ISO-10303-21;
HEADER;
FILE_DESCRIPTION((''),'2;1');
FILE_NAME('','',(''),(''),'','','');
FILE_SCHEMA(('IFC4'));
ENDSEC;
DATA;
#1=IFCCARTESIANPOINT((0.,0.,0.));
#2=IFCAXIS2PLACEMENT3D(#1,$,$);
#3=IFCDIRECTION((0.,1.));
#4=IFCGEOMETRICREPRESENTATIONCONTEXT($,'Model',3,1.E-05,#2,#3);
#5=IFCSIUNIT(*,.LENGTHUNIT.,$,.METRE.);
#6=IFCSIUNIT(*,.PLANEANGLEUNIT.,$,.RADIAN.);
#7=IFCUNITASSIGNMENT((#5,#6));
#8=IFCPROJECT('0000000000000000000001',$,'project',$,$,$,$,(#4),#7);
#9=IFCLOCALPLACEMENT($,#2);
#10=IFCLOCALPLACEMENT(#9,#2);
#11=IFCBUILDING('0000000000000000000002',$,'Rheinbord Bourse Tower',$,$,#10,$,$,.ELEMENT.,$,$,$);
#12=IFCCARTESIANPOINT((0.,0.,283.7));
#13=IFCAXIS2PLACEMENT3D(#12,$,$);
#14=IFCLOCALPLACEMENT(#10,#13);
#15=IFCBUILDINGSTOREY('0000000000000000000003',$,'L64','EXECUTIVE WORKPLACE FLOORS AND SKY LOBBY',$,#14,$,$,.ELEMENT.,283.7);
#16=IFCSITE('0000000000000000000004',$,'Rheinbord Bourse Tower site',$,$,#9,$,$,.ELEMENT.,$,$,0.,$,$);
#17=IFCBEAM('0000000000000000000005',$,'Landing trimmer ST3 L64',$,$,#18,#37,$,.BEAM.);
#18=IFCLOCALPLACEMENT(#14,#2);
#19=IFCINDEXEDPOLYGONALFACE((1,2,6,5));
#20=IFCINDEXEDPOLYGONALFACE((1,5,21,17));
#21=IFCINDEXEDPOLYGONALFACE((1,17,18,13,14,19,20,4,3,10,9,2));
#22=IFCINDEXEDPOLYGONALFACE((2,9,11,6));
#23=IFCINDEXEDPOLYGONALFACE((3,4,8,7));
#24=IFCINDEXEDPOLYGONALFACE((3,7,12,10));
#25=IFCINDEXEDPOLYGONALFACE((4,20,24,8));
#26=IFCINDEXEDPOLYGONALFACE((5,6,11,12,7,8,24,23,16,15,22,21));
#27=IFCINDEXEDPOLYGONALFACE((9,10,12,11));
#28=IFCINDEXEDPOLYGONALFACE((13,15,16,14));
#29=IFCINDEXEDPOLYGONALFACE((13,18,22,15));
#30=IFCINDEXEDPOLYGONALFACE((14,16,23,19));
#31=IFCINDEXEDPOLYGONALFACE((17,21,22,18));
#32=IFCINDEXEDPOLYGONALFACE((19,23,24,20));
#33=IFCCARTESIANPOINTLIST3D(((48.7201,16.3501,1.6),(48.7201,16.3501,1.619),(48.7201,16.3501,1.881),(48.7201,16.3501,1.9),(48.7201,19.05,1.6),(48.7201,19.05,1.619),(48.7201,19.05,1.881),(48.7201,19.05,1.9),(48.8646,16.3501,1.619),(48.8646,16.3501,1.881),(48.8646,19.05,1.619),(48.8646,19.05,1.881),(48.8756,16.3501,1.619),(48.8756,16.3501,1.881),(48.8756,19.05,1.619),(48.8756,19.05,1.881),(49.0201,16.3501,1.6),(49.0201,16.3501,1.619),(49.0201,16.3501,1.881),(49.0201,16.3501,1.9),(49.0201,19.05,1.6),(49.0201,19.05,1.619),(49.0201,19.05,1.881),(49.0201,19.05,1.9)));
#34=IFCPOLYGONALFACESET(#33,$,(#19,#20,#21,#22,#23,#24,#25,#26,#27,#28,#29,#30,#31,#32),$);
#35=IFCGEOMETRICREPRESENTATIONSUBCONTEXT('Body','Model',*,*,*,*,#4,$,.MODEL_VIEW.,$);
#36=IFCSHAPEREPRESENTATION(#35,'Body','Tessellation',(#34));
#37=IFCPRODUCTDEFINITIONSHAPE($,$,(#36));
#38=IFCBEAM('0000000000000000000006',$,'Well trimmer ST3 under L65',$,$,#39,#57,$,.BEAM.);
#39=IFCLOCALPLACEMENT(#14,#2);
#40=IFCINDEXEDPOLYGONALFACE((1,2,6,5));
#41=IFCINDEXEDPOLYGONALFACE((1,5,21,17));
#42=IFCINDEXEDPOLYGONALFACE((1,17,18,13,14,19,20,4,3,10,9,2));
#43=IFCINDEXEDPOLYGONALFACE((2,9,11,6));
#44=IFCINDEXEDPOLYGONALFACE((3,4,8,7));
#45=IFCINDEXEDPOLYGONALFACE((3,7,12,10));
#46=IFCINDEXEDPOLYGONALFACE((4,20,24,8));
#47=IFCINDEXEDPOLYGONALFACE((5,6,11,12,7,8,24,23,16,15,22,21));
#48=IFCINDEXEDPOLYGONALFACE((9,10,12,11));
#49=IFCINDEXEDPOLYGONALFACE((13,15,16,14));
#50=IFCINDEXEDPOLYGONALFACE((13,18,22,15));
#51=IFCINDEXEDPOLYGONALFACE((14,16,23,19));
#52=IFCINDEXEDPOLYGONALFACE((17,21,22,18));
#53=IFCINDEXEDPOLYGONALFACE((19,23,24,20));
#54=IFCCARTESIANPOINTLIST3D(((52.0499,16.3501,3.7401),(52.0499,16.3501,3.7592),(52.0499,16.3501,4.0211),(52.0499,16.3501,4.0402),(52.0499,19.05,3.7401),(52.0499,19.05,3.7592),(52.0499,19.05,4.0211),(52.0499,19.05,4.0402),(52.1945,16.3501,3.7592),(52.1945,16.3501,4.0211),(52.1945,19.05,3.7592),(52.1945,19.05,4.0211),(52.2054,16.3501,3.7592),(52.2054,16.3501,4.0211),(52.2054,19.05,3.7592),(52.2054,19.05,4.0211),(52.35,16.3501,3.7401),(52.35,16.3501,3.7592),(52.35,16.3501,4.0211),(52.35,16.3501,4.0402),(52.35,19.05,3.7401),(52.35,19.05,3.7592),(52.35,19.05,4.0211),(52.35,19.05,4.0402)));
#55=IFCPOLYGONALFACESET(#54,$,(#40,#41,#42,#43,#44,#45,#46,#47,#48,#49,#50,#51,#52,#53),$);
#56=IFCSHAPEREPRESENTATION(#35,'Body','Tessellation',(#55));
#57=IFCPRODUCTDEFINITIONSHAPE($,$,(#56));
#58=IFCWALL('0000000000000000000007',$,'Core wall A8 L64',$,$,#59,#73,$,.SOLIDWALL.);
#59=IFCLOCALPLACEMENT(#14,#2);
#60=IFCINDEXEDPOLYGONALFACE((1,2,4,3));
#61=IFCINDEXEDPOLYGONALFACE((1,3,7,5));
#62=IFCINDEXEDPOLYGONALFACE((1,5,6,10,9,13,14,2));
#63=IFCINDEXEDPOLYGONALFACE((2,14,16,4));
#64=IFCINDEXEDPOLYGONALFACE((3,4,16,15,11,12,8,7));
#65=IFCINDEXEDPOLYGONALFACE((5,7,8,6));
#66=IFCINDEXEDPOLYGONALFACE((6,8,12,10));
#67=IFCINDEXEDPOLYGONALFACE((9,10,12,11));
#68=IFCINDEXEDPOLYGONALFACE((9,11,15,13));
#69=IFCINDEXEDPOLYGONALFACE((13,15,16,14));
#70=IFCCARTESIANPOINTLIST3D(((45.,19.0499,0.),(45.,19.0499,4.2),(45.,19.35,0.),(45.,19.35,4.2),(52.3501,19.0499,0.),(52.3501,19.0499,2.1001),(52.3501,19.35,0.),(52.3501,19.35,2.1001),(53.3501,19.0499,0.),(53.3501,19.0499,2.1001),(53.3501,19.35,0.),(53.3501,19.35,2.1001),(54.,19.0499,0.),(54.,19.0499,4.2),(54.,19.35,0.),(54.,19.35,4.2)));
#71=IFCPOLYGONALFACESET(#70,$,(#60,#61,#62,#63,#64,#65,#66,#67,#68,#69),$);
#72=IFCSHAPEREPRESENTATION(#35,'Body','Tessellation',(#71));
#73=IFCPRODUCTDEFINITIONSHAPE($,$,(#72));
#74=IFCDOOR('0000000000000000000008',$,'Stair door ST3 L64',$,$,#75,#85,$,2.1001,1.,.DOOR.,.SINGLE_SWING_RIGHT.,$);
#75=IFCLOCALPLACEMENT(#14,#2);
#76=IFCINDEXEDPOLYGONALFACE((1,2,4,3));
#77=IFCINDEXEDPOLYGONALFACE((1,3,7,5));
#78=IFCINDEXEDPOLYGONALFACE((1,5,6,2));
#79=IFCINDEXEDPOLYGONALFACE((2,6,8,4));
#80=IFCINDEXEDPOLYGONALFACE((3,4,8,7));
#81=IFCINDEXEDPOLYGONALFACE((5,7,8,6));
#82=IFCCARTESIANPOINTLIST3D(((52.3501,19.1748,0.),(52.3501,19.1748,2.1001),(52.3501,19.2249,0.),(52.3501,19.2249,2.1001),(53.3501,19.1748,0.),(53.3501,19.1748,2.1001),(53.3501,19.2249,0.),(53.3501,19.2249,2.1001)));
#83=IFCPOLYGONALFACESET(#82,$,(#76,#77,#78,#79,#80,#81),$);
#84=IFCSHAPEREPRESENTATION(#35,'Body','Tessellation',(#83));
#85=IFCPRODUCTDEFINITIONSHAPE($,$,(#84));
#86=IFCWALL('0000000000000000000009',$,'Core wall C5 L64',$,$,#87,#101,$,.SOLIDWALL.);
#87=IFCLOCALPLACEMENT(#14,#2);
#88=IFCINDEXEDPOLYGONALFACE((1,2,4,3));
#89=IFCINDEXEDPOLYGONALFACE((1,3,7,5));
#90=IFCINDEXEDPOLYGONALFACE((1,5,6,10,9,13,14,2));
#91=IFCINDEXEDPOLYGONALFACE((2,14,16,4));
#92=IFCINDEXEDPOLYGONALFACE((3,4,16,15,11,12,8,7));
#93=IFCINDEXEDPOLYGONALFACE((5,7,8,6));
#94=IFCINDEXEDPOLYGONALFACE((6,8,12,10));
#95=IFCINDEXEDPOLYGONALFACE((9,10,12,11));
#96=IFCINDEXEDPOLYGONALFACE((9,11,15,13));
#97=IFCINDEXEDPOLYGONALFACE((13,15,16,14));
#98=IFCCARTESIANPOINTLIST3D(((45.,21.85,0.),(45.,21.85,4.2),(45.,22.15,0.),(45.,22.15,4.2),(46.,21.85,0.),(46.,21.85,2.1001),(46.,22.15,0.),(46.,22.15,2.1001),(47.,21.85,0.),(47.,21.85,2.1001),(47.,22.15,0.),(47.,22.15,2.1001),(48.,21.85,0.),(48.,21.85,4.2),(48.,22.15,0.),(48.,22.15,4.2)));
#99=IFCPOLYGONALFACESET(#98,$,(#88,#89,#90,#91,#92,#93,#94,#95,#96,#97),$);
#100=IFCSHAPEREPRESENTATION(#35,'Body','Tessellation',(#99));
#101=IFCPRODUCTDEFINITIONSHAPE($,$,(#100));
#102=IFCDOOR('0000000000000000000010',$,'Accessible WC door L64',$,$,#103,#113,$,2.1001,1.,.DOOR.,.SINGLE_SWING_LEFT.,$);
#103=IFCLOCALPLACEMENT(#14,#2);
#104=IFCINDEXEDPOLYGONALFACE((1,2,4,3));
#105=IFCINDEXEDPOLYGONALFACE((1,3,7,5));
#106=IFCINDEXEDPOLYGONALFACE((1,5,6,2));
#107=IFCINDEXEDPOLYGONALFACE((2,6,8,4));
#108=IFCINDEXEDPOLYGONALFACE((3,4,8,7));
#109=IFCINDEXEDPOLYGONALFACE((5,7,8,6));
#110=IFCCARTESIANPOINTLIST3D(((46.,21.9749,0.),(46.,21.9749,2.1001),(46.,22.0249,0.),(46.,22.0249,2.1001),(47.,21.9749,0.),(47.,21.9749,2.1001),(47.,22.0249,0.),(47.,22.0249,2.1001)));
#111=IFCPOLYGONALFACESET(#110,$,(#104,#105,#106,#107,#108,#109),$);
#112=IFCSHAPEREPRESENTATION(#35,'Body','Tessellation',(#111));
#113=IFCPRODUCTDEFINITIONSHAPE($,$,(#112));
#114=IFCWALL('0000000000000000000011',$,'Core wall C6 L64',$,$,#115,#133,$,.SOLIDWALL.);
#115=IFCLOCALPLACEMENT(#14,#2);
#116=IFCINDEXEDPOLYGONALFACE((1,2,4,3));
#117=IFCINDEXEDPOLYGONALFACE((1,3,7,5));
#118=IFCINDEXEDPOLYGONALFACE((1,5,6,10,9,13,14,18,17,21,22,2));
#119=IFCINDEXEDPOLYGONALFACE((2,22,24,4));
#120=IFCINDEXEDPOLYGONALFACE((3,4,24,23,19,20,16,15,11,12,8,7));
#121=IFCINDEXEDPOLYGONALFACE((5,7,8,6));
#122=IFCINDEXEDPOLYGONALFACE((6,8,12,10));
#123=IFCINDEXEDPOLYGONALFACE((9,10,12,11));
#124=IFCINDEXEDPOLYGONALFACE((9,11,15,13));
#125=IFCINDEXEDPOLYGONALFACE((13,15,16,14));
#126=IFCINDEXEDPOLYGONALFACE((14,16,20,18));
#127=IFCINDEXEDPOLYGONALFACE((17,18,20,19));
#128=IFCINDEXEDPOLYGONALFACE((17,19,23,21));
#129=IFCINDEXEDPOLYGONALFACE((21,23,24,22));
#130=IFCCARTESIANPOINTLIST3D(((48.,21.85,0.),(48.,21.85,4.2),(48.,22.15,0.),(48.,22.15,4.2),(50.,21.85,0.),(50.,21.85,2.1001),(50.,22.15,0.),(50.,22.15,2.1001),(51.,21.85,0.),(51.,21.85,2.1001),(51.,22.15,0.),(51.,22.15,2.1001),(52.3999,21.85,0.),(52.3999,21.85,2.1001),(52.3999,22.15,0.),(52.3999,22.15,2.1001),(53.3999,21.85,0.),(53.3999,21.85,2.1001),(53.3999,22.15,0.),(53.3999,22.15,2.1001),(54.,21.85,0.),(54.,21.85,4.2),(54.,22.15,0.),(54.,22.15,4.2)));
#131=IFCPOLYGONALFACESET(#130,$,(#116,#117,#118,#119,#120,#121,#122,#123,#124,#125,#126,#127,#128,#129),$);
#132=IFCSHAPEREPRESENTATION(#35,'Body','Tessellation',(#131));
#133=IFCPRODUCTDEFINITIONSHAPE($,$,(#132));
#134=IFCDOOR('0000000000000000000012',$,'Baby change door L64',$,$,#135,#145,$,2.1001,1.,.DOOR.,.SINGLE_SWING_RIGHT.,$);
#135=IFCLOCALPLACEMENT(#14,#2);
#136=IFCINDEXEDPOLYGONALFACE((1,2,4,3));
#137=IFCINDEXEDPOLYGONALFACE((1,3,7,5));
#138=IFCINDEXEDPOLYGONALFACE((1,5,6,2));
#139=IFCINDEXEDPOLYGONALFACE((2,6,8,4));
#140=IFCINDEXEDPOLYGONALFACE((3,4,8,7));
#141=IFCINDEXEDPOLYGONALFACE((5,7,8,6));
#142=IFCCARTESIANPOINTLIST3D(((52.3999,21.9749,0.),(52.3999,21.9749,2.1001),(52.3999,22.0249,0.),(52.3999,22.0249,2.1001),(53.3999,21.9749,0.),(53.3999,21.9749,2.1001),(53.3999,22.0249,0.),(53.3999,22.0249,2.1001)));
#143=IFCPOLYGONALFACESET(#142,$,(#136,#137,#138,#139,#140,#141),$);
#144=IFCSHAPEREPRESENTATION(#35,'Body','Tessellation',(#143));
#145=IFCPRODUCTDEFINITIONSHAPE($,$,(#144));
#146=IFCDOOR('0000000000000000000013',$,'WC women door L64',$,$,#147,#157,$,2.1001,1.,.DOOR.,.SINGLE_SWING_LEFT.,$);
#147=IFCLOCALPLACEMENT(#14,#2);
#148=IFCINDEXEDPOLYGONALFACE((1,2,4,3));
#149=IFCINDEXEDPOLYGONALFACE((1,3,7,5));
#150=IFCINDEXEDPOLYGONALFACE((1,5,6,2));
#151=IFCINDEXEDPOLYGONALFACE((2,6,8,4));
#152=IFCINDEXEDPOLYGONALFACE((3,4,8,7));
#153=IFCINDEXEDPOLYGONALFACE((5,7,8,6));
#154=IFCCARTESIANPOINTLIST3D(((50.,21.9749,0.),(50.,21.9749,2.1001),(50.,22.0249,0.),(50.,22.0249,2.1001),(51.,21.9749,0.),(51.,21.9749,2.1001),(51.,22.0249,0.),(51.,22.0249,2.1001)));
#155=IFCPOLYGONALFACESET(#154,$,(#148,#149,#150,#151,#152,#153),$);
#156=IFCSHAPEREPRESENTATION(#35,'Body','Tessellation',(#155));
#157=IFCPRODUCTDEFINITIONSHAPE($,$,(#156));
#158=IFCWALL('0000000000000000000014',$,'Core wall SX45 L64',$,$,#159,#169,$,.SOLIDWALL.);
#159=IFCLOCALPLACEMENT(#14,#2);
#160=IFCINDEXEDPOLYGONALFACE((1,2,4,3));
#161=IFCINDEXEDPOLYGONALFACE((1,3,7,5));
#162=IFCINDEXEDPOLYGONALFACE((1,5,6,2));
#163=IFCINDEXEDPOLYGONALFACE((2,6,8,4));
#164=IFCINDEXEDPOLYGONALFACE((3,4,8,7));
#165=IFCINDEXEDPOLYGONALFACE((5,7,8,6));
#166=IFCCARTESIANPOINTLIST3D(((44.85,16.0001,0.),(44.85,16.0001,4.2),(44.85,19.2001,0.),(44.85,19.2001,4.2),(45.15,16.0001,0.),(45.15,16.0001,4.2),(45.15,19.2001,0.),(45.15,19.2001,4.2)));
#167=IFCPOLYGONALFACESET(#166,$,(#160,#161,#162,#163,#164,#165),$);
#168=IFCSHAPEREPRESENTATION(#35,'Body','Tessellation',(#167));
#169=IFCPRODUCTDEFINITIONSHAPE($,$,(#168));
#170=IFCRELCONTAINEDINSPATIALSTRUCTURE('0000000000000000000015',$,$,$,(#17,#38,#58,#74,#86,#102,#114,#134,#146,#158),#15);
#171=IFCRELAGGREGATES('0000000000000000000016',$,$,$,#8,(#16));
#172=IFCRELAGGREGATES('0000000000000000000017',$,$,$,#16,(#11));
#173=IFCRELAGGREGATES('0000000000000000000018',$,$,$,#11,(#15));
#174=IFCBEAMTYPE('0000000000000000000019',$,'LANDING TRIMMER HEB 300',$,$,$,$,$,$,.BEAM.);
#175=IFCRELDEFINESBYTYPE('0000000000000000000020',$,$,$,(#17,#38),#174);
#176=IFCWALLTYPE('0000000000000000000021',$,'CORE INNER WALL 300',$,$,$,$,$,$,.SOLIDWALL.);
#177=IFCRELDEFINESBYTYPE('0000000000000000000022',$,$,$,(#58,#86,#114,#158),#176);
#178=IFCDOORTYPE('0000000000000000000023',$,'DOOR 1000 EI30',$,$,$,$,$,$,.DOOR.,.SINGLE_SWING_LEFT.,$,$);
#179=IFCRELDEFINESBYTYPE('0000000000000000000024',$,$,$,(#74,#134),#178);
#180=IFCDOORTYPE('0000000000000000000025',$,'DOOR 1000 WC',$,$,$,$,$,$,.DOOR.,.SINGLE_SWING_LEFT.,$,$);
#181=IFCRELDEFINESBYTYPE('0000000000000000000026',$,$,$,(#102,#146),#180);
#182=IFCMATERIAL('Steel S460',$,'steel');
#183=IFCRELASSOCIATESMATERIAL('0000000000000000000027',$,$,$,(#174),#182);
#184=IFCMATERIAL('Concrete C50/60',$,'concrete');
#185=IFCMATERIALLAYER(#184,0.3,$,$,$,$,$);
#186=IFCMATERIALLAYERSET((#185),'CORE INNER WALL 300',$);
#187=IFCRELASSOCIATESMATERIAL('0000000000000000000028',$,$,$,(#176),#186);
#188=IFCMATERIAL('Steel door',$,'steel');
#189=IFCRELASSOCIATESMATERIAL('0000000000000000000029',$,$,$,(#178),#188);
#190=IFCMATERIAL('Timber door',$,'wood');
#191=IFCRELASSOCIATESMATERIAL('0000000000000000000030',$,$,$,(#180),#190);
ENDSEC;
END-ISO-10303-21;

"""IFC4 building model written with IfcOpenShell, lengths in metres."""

from ifc_helpers import new_model, si_unit, direction, frame, frame_2d, origin, origin_2d, place, context, subcontext, project, spatial, rectangle, i_section, extrude, material, layer, layer_set, material_profile, profile_set, type_object, element, fill, save


model = new_model("IFC4")

# Units and contexts
model_context = context("Model", 3, precision=1e-05, world=origin(), true_north=direction((0.0, 1.0)))
body_context = subcontext(model_context, "Body", "Model", "MODEL_VIEW")
ifc_project = project(units=[si_unit("LENGTHUNIT", "METRE"), si_unit("PLANEANGLEUNIT", "RADIAN")], contexts=[model_context])

# Site, building, storey
site_placement = place(None, origin())
site = spatial("IfcSite", under=ifc_project, at=site_placement, Name="Rheinbord Bourse Tower site", CompositionType="ELEMENT", RefElevation=0.0)
building_placement = place(site_placement, origin())
building = spatial("IfcBuilding", under=site, at=building_placement, Name="Rheinbord Bourse Tower", CompositionType="ELEMENT")
storey_placement = place(building_placement, frame((0.0, 0.0, 283.7)))
storey = spatial("IfcBuildingStorey", under=building, at=storey_placement, Name="L64", Description="EXECUTIVE WORKPLACE FLOORS AND SKY LOBBY", CompositionType="ELEMENT", Elevation=283.7)

# Beams
ifc_material_1 = material(Name="Steel S460", Category="steel")
ifc_material_profile = material_profile(ifc_material_1, i_section(OverallWidth=0.3, OverallDepth=0.3, WebThickness=0.011, FlangeThickness=0.019, at=origin_2d()), Name="HEB 300")
ifc_profile_set = profile_set([ifc_material_profile], Name="Steel S460")
beam_type = type_object("IfcBeamType", Name="LANDING TRIMMER HEB 300", PredefinedType="BEAM", material=ifc_profile_set)
for number, where, z_axis, x_axis, name in (
    (1, (48.8701, 16.3501, 1.75), (0.0, 1.0, 0.0), (-1.0, 0.0, 0.0), "Landing trimmer ST3 L64"),
    (2, (52.2, 16.3501, 3.8901), (0.0, 1.0, 0.0), (-1.0, 0.0, 0.0), "Well trimmer ST3 under L65"),
):
    element("IfcBeam", number, at=place(storey_placement, frame(where, z_axis=z_axis, x_axis=x_axis)), inside=storey, type_object=beam_type, Name=name, PredefinedType="BEAM", context=body_context, shape_type="SweptSolid", body=[
        extrude(i_section(OverallWidth=0.3, OverallDepth=0.3, WebThickness=0.011, FlangeThickness=0.019, at=origin_2d()), origin(), (0.0, 0.0, 1.0), 2.7),
    ])

# Walls, openings, doors
ifc_material_2 = material(Name="Concrete C50/60", Category="concrete")
ifc_layer_1 = layer(ifc_material_2, 0.3)
ifc_layer_set_1 = layer_set([ifc_layer_1], Name="CORE INNER WALL 300")
wall_type_1 = type_object("IfcWallType", Name="CORE INNER WALL 300", PredefinedType="SOLIDWALL", material=ifc_layer_set_1)
wall_1_placement = place(storey_placement, frame((45.0, 19.2, 0.0), z_axis=(0.0, 0.0, 1.0), x_axis=(1.0, 0.0, 0.0)))
wall_1 = element("IfcWall", 3, at=wall_1_placement, inside=storey, type_object=wall_type_1, Name="Core wall A8 L64", PredefinedType="SOLIDWALL", context=body_context, shape_type="SweptSolid", body=[
    extrude(rectangle(XDim=9.0, YDim=0.3, at=frame_2d((4.5, 0.0))), origin(), (0.0, 0.0, 1.0), 4.2),
])
opening_1_placement = place(wall_1_placement, frame((7.3501, 0.0, 0.0)))
opening_1 = element("IfcOpeningElement", 4, at=opening_1_placement, cuts=wall_1, PredefinedType="OPENING", context=body_context, shape_type="SweptSolid", body=[
    extrude(rectangle(XDim=1.0, YDim=2.1001, at=frame_2d((0.5, 1.05))), frame((0.0, 0.1599, 0.0), z_axis=(0.0, -1.0, 0.0), x_axis=(1.0, 0.0, 0.0)), (0.0, 0.0, 1.0), 0.3201),
])
ifc_material_3 = material(Name="Steel door", Category="steel")
door_type_1 = type_object("IfcDoorType", Name="DOOR 1000 EI30", OperationType="SINGLE_SWING_LEFT", PredefinedType="DOOR", material=ifc_material_3)
door_1_placement = place(opening_1_placement, origin())
door_1 = element("IfcDoor", 5, at=door_1_placement, inside=storey, type_object=door_type_1, Name="Stair door ST3 L64", OperationType="SINGLE_SWING_RIGHT", OverallHeight=2.1001, OverallWidth=1.0, PredefinedType="DOOR", context=body_context, shape_type="SweptSolid", body=[
    extrude(rectangle(XDim=1.0, YDim=2.1001, at=frame_2d((0.5, 1.05))), frame((0.0, 0.0249, 0.0), z_axis=(0.0, -1.0, 0.0), x_axis=(1.0, 0.0, 0.0)), (0.0, 0.0, 1.0), 0.05),
])
fill(opening_1, door_1)
wall_2_placement = place(storey_placement, frame((45.0, 22.0, 0.0), z_axis=(0.0, 0.0, 1.0), x_axis=(1.0, 0.0, 0.0)))
wall_2 = element("IfcWall", 6, at=wall_2_placement, inside=storey, type_object=wall_type_1, Name="Core wall C5 L64", PredefinedType="SOLIDWALL", context=body_context, shape_type="SweptSolid", body=[
    extrude(rectangle(XDim=3.0, YDim=0.3, at=frame_2d((1.5, 0.0))), origin(), (0.0, 0.0, 1.0), 4.2),
])
opening_2_placement = place(wall_2_placement, frame((1.0, 0.0, 0.0)))
opening_2 = element("IfcOpeningElement", 7, at=opening_2_placement, cuts=wall_2, PredefinedType="OPENING", context=body_context, shape_type="SweptSolid", body=[
    extrude(rectangle(XDim=1.0, YDim=2.1001, at=frame_2d((0.5, 1.05))), frame((0.0, 0.1599, 0.0), z_axis=(0.0, -1.0, 0.0), x_axis=(1.0, 0.0, 0.0)), (0.0, 0.0, 1.0), 0.3201),
])
ifc_material_4 = material(Name="Timber door", Category="wood")
door_type_2 = type_object("IfcDoorType", Name="DOOR 1000 WC", OperationType="SINGLE_SWING_LEFT", PredefinedType="DOOR", material=ifc_material_4)
door_2_placement = place(opening_2_placement, origin())
door_2 = element("IfcDoor", 8, at=door_2_placement, inside=storey, type_object=door_type_2, Name="Accessible WC door L64", OperationType="SINGLE_SWING_LEFT", OverallHeight=2.1001, OverallWidth=1.0, PredefinedType="DOOR", context=body_context, shape_type="SweptSolid", body=[
    extrude(rectangle(XDim=1.0, YDim=2.1001, at=frame_2d((0.5, 1.05))), frame((0.0, 0.0249, 0.0), z_axis=(0.0, -1.0, 0.0), x_axis=(1.0, 0.0, 0.0)), (0.0, 0.0, 1.0), 0.05),
])
fill(opening_2, door_2)

# Wall, openings, doors
wall_3_placement = place(storey_placement, frame((48.0, 22.0, 0.0), z_axis=(0.0, 0.0, 1.0), x_axis=(1.0, 0.0, 0.0)))
wall_3 = element("IfcWall", 9, at=wall_3_placement, inside=storey, type_object=wall_type_1, Name="Core wall C6 L64", PredefinedType="SOLIDWALL", context=body_context, shape_type="SweptSolid", body=[
    extrude(rectangle(XDim=6.0, YDim=0.3, at=frame_2d((3.0, 0.0))), origin(), (0.0, 0.0, 1.0), 4.2),
])
opening_3_placement = place(wall_3_placement, frame((2.0, 0.0, 0.0)))
opening_3 = element("IfcOpeningElement", 10, at=opening_3_placement, cuts=wall_3, PredefinedType="OPENING", context=body_context, shape_type="SweptSolid", body=[
    extrude(rectangle(XDim=1.0, YDim=2.1001, at=frame_2d((0.5, 1.05))), frame((0.0, 0.1599, 0.0), z_axis=(0.0, -1.0, 0.0), x_axis=(1.0, 0.0, 0.0)), (0.0, 0.0, 1.0), 0.3201),
])
opening_4_placement = place(wall_3_placement, frame((4.3999, 0.0, 0.0)))
opening_4 = element("IfcOpeningElement", 11, at=opening_4_placement, cuts=wall_3, PredefinedType="OPENING", context=body_context, shape_type="SweptSolid", body=[
    extrude(rectangle(XDim=1.0, YDim=2.1001, at=frame_2d((0.5, 1.05))), frame((0.0, 0.1599, 0.0), z_axis=(0.0, -1.0, 0.0), x_axis=(1.0, 0.0, 0.0)), (0.0, 0.0, 1.0), 0.3201),
])
door_3_placement = place(opening_4_placement, origin())
door_3 = element("IfcDoor", 12, at=door_3_placement, inside=storey, type_object=door_type_1, Name="Baby change door L64", OperationType="SINGLE_SWING_RIGHT", OverallHeight=2.1001, OverallWidth=1.0, PredefinedType="DOOR", context=body_context, shape_type="SweptSolid", body=[
    extrude(rectangle(XDim=1.0, YDim=2.1001, at=frame_2d((0.5, 1.05))), frame((0.0, 0.0249, 0.0), z_axis=(0.0, -1.0, 0.0), x_axis=(1.0, 0.0, 0.0)), (0.0, 0.0, 1.0), 0.05),
])
fill(opening_4, door_3)
door_4_placement = place(opening_3_placement, origin())
door_4 = element("IfcDoor", 13, at=door_4_placement, inside=storey, type_object=door_type_2, Name="WC women door L64", OperationType="SINGLE_SWING_LEFT", OverallHeight=2.1001, OverallWidth=1.0, PredefinedType="DOOR", context=body_context, shape_type="SweptSolid", body=[
    extrude(rectangle(XDim=1.0, YDim=2.1001, at=frame_2d((0.5, 1.05))), frame((0.0, 0.0249, 0.0), z_axis=(0.0, -1.0, 0.0), x_axis=(1.0, 0.0, 0.0)), (0.0, 0.0, 1.0), 0.05),
])
fill(opening_3, door_4)

# Wall
wall_4_placement = place(storey_placement, frame((45.0, 16.0, 0.0), z_axis=(0.0, 0.0, 1.0), x_axis=(0.0, 1.0, 0.0)))
element("IfcWall", 14, at=wall_4_placement, inside=storey, type_object=wall_type_1, Name="Core wall SX45 L64", PredefinedType="SOLIDWALL", context=body_context, shape_type="SweptSolid", body=[
    extrude(rectangle(XDim=3.2, YDim=0.3, at=frame_2d((1.6001, 0.0))), origin(), (0.0, 0.0, 1.0), 4.2),
])

save(model, "model.ifc")
